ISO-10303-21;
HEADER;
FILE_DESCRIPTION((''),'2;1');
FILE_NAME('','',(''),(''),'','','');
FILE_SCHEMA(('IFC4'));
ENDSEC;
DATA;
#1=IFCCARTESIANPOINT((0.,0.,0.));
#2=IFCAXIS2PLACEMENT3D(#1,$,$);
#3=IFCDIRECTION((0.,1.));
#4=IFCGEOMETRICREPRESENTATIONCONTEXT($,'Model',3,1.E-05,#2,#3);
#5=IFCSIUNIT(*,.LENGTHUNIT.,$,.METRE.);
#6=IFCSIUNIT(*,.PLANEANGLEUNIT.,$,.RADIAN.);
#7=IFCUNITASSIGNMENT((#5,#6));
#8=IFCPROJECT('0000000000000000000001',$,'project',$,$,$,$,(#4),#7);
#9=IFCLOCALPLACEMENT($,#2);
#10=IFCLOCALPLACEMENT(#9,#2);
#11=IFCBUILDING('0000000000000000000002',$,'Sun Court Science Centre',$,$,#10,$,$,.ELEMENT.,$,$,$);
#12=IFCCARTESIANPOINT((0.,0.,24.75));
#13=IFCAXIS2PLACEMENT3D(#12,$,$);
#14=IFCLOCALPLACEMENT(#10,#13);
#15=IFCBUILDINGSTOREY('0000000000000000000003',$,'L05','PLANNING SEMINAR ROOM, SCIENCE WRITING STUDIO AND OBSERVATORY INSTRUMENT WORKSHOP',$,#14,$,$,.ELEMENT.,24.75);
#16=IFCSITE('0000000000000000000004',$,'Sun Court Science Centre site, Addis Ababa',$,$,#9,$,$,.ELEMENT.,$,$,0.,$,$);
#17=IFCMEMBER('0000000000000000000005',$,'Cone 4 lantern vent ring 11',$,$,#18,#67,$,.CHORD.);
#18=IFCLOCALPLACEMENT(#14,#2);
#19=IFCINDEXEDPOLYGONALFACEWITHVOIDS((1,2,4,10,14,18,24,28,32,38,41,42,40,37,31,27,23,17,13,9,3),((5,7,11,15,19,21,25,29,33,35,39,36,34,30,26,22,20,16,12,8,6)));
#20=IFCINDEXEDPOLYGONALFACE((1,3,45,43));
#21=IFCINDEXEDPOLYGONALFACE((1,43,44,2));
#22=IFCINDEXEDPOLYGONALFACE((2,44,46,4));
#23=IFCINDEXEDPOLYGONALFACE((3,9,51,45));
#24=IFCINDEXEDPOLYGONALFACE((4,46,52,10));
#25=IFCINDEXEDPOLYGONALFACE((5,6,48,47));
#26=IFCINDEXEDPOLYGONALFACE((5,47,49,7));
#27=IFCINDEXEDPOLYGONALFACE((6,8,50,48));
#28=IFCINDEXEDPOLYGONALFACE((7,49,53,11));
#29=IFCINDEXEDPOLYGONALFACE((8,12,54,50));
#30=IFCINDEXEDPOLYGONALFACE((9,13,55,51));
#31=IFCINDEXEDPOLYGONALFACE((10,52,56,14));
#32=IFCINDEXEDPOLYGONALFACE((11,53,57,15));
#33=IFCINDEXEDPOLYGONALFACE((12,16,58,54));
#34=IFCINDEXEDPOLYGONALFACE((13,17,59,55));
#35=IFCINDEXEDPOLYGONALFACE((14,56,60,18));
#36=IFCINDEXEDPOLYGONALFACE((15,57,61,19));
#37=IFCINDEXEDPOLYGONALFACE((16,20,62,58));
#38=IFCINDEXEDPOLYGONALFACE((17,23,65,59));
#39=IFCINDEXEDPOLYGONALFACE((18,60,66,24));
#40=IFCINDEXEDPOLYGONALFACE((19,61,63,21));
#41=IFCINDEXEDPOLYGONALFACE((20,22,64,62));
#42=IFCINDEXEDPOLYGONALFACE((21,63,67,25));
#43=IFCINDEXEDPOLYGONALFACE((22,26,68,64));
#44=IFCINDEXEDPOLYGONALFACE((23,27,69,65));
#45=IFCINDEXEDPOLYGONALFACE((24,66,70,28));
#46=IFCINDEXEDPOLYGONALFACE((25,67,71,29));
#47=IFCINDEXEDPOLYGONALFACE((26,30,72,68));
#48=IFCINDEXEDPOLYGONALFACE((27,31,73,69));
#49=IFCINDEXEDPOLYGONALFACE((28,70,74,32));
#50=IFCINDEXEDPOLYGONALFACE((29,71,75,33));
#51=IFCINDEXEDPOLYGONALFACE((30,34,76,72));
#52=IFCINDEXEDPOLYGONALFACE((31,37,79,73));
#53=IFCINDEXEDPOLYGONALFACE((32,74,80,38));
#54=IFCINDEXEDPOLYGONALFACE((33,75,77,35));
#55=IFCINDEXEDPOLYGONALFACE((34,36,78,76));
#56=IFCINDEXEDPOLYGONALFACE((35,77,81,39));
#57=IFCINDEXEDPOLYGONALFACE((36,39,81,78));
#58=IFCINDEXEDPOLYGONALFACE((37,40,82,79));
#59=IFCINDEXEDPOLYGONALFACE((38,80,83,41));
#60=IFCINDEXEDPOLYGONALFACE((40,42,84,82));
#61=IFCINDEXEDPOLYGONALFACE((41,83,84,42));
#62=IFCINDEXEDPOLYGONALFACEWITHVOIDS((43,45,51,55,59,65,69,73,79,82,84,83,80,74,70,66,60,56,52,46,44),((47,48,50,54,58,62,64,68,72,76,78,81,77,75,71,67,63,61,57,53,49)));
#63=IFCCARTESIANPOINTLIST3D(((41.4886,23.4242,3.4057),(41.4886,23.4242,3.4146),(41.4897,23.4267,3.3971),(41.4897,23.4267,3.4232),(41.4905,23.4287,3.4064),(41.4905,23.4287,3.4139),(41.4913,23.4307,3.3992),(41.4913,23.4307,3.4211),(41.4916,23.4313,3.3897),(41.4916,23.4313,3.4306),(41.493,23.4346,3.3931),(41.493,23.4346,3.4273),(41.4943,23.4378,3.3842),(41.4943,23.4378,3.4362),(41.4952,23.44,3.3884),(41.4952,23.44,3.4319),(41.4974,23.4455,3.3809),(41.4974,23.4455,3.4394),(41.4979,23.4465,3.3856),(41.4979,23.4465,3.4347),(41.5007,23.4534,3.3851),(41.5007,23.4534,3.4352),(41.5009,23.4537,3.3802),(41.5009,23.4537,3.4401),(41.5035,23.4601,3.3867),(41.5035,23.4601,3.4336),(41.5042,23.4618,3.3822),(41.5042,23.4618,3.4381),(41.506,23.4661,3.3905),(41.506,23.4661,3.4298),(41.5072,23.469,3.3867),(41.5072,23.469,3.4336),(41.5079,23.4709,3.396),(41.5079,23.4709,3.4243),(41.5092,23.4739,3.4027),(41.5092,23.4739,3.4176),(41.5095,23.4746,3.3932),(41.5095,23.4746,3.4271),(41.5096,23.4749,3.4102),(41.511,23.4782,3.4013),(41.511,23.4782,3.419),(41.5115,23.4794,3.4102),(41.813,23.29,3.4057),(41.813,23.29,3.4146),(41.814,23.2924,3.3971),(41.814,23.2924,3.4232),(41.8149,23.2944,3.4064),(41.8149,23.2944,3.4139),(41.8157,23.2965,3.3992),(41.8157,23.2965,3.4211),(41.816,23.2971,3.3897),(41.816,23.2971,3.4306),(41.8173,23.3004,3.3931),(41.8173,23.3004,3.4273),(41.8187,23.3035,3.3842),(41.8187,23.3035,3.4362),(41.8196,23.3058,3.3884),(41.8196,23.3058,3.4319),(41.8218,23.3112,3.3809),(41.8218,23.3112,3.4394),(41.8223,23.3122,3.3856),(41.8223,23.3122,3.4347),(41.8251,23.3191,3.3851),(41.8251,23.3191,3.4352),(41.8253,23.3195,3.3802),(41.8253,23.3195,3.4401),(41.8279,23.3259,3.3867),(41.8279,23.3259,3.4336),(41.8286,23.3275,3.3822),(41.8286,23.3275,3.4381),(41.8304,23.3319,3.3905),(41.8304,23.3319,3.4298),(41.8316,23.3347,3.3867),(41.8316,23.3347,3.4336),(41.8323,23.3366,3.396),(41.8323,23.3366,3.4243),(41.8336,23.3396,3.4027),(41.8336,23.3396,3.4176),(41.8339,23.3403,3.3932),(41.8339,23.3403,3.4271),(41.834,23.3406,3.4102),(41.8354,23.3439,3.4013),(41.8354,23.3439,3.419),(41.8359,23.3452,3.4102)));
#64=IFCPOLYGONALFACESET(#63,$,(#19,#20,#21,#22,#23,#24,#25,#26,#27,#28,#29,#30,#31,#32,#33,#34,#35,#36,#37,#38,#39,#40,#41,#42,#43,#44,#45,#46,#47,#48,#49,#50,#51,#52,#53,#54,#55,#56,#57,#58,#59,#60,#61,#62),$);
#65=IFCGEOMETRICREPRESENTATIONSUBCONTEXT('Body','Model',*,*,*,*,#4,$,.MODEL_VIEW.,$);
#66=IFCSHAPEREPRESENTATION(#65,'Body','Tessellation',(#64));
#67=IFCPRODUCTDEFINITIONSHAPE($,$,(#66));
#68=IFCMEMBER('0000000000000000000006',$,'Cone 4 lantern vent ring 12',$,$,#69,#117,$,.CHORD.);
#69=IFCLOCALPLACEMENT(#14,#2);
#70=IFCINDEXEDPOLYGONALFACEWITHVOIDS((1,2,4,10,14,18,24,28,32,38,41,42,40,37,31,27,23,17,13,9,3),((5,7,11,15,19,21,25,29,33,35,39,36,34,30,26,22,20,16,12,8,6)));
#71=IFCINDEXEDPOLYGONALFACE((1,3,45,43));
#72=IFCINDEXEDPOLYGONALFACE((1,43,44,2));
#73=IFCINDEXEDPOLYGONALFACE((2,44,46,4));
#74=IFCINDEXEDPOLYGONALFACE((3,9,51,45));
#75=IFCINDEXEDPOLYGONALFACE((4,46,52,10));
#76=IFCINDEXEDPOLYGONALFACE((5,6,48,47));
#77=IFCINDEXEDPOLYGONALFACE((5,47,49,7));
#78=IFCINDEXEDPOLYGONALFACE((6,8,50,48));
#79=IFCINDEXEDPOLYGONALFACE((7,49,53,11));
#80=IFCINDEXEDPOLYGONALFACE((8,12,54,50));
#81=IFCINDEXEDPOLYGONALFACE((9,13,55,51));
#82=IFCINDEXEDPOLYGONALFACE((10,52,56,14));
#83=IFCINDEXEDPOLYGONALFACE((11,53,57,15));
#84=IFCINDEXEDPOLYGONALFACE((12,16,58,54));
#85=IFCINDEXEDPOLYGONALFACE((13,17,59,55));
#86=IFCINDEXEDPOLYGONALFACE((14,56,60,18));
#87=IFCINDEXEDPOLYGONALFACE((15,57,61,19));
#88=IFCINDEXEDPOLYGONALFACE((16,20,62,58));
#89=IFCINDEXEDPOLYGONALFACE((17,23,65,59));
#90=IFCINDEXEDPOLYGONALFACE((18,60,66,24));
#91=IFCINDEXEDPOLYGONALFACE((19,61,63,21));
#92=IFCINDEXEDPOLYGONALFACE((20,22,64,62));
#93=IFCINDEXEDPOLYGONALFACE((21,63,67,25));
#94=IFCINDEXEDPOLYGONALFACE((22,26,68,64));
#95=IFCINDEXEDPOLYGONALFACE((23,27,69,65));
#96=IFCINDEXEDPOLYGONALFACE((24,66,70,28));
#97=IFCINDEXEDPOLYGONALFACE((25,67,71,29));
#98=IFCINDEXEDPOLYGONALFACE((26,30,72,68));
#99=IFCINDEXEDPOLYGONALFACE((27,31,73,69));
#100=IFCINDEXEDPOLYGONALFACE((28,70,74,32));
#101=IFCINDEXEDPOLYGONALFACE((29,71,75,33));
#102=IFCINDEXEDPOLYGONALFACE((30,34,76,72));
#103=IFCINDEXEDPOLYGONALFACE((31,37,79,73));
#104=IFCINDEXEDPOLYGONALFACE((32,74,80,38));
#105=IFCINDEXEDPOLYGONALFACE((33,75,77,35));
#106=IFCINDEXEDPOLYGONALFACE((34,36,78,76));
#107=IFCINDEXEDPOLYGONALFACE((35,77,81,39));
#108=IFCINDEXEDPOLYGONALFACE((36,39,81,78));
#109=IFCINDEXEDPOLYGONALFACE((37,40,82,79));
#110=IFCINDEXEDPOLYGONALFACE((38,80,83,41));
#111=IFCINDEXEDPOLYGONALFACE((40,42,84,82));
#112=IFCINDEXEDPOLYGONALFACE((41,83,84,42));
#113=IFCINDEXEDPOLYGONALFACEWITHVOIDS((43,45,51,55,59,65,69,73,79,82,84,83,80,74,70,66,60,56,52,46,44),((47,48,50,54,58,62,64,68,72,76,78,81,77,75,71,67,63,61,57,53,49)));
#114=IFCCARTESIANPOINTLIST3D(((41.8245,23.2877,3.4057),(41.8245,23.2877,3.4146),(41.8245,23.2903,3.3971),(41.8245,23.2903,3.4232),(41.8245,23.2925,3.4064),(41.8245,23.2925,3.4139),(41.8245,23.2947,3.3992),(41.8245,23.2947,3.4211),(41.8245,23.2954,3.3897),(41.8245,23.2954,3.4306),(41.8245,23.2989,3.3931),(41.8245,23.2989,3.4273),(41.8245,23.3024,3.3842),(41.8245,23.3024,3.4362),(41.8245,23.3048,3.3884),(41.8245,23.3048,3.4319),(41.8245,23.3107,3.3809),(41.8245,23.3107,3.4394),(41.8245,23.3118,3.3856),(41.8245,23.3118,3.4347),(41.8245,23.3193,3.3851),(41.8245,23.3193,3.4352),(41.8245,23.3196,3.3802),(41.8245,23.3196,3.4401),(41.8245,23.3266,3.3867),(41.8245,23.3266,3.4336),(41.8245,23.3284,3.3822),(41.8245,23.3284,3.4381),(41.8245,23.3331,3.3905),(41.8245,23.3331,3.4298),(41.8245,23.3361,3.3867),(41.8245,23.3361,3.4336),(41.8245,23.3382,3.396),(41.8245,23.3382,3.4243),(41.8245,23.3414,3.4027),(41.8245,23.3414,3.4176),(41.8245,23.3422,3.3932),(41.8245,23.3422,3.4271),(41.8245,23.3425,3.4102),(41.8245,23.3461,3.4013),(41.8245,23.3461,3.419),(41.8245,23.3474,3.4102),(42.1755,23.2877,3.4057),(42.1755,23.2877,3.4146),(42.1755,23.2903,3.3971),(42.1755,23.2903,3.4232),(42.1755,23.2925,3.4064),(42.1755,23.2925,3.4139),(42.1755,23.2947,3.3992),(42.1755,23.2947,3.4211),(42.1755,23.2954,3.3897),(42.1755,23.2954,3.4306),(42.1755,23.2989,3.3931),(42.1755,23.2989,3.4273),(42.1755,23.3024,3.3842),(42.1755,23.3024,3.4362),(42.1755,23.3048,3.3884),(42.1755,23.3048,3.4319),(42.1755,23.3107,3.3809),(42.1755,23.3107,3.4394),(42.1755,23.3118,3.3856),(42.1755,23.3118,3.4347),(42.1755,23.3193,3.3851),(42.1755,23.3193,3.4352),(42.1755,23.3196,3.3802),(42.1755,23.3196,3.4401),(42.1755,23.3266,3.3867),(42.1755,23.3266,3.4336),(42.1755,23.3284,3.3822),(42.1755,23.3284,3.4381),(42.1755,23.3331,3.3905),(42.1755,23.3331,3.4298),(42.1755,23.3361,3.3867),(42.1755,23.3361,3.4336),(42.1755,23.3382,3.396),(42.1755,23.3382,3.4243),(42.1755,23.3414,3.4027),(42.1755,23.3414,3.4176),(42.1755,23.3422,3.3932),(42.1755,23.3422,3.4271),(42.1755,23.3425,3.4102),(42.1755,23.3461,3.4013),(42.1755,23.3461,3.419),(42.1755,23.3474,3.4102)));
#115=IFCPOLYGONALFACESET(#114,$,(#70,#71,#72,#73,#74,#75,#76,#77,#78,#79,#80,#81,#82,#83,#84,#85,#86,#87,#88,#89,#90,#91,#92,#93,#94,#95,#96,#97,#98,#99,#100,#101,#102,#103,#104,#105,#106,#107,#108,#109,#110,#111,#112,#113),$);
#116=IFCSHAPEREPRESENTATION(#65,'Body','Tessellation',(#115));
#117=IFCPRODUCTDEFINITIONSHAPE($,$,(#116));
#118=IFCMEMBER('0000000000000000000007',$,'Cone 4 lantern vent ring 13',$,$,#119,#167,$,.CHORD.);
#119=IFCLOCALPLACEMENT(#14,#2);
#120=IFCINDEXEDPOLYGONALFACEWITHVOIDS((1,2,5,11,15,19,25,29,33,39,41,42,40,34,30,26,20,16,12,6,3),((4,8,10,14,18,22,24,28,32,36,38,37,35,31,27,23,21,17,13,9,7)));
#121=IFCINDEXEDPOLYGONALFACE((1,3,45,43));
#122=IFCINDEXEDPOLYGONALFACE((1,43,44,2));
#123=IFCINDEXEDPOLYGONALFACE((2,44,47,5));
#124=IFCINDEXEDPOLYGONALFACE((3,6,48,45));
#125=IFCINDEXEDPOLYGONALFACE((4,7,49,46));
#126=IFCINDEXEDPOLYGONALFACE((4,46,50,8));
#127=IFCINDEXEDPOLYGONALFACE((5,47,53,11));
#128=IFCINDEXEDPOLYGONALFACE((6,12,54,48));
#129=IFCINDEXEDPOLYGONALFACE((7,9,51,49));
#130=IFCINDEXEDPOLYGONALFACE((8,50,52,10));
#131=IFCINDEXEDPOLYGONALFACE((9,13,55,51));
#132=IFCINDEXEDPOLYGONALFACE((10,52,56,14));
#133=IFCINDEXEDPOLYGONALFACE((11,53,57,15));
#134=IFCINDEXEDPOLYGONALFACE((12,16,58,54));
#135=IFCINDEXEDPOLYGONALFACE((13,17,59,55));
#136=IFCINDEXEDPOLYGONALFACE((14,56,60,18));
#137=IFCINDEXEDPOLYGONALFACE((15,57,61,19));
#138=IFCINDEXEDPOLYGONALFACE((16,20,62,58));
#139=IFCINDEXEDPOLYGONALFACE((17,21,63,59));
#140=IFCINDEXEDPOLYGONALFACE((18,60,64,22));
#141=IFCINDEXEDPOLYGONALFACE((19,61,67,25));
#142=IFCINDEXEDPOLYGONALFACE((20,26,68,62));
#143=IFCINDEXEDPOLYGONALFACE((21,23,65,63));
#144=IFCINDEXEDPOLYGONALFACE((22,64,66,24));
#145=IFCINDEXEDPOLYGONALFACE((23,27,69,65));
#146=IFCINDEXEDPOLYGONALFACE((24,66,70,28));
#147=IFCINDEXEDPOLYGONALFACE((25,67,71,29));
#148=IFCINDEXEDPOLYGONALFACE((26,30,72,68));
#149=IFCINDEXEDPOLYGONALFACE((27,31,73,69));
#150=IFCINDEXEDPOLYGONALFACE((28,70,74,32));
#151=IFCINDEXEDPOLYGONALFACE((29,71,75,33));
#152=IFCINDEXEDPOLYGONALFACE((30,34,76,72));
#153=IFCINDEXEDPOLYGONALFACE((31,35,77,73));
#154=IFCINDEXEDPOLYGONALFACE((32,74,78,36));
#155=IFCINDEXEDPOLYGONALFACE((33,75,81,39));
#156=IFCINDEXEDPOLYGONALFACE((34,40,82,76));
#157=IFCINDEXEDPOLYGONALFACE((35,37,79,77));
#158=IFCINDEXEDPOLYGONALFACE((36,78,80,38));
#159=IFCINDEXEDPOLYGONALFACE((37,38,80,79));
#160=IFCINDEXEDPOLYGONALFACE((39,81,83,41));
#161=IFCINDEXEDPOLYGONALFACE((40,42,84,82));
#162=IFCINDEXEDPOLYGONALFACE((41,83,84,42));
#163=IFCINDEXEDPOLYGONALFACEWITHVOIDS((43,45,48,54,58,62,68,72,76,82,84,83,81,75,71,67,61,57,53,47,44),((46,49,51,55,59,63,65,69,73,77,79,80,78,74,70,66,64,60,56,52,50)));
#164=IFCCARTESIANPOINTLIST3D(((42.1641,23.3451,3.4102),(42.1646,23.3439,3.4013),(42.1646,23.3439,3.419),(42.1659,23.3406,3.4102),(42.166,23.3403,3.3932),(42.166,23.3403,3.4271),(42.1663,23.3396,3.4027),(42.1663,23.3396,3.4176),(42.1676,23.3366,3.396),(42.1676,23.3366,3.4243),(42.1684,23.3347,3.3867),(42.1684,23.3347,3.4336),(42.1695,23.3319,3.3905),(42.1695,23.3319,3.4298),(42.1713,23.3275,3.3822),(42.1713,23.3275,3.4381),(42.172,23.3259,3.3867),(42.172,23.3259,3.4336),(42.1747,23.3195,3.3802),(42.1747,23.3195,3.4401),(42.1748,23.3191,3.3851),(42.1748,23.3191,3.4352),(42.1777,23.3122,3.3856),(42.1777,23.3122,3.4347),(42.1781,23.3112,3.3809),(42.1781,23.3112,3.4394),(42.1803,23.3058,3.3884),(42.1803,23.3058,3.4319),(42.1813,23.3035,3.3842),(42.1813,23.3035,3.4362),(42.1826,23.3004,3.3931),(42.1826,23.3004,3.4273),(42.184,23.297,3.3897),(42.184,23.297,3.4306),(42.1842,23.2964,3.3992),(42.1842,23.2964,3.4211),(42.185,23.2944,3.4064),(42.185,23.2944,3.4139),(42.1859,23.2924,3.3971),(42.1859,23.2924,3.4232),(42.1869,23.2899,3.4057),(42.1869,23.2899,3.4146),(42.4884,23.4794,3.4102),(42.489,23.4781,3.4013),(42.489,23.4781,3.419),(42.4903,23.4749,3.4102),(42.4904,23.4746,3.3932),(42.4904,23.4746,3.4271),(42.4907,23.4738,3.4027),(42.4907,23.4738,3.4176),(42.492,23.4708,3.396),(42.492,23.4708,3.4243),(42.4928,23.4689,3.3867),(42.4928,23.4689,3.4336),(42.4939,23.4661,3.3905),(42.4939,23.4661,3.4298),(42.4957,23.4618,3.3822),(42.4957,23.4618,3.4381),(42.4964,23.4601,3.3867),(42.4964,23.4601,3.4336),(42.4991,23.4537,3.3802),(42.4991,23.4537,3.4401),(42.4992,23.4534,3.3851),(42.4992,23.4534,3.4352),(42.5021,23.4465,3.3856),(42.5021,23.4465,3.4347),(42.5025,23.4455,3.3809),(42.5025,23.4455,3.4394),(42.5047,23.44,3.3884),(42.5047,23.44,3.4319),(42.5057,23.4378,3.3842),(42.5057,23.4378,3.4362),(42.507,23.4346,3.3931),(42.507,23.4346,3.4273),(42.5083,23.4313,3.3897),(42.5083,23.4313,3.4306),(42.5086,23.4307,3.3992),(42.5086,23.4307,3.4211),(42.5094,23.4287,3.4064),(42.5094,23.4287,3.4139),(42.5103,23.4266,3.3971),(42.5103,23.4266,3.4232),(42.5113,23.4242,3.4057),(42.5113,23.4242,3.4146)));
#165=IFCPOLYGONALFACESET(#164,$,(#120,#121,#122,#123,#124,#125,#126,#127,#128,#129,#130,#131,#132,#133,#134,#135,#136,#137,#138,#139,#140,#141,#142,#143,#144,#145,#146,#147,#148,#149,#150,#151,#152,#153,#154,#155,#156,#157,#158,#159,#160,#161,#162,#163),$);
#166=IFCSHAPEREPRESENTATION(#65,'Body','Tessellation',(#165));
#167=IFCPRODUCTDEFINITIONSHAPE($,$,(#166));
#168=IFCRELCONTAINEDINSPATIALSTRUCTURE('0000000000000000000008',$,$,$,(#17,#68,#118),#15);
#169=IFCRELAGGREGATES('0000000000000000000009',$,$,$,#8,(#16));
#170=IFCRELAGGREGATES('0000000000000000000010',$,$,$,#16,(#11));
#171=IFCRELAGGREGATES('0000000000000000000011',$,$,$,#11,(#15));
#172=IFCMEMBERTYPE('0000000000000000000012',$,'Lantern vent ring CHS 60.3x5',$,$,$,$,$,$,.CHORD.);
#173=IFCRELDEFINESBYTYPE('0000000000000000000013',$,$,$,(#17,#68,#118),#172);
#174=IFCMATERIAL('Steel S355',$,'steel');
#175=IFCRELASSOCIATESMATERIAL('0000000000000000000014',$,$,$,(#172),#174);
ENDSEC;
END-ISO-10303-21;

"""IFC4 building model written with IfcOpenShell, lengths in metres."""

from ifc_helpers import new_model, si_unit, direction, frame, origin, origin_2d, place, context, subcontext, project, spatial, hollow_circle, extrude, material, material_profile, profile_set, type_object, element, save


model = new_model("IFC4")

# Units and contexts
model_context = context("Model", 3, precision=1e-05, world=origin(), true_north=direction((0.0, 1.0)))
body_context = subcontext(model_context, "Body", "Model", "MODEL_VIEW")
ifc_project = project(units=[si_unit("LENGTHUNIT", "METRE"), si_unit("PLANEANGLEUNIT", "RADIAN")], contexts=[model_context])

# Site, building, storey
site_placement = place(None, origin())
site = spatial("IfcSite", under=ifc_project, at=site_placement, Name="Sun Court Science Centre site, Addis Ababa", CompositionType="ELEMENT", RefElevation=0.0)
building_placement = place(site_placement, origin())
building = spatial("IfcBuilding", under=site, at=building_placement, Name="Sun Court Science Centre", CompositionType="ELEMENT")
storey_placement = place(building_placement, frame((0.0, 0.0, 24.75)))
storey = spatial("IfcBuildingStorey", under=building, at=storey_placement, Name="L05", Description="PLANNING SEMINAR ROOM, SCIENCE WRITING STUDIO AND OBSERVATORY INSTRUMENT WORKSHOP", CompositionType="ELEMENT", Elevation=24.75)

# Members
ifc_material_1 = material(Name="Steel S355", Category="steel")
ifc_material_profile_1 = material_profile(ifc_material_1, hollow_circle(Radius=0.03, WallThickness=0.0049, at=origin_2d()), Name="CHS 60.3x5")
ifc_profile_set_1 = profile_set([ifc_material_profile_1], Name="Steel S355")
member_type_1 = type_object("IfcMemberType", Name="Lantern vent ring CHS 60.3x5", PredefinedType="CHORD", material=ifc_profile_set_1)
for number, where, z_axis, x_axis, name in (
    (1, (41.5, 23.4517, 3.4102), (0.924, -0.382393, 0.0), (0.382393, 0.924, 0.0), "Cone 4 lantern vent ring 11"),
    (2, (41.8245, 23.3174, 3.4102), (1.0, 0.0, 0.0), (0.0, 1.0, 0.0), "Cone 4 lantern vent ring 12"),
    (3, (42.1755, 23.3174, 3.4102), (0.924, 0.382393, 0.0), (-0.382393, 0.924, 0.0), "Cone 4 lantern vent ring 13"),
):
    element("IfcMember", number, at=place(storey_placement, frame(where, z_axis=z_axis, x_axis=x_axis)), inside=storey, type_object=member_type_1, Name=name, PredefinedType="CHORD", context=body_context, shape_type="SweptSolid", body=[
        extrude(hollow_circle(Radius=0.03, WallThickness=0.0049, at=origin_2d()), origin(), (0.0, 0.0, 1.0), 0.3511),
    ])

save(model, "model.ifc")
